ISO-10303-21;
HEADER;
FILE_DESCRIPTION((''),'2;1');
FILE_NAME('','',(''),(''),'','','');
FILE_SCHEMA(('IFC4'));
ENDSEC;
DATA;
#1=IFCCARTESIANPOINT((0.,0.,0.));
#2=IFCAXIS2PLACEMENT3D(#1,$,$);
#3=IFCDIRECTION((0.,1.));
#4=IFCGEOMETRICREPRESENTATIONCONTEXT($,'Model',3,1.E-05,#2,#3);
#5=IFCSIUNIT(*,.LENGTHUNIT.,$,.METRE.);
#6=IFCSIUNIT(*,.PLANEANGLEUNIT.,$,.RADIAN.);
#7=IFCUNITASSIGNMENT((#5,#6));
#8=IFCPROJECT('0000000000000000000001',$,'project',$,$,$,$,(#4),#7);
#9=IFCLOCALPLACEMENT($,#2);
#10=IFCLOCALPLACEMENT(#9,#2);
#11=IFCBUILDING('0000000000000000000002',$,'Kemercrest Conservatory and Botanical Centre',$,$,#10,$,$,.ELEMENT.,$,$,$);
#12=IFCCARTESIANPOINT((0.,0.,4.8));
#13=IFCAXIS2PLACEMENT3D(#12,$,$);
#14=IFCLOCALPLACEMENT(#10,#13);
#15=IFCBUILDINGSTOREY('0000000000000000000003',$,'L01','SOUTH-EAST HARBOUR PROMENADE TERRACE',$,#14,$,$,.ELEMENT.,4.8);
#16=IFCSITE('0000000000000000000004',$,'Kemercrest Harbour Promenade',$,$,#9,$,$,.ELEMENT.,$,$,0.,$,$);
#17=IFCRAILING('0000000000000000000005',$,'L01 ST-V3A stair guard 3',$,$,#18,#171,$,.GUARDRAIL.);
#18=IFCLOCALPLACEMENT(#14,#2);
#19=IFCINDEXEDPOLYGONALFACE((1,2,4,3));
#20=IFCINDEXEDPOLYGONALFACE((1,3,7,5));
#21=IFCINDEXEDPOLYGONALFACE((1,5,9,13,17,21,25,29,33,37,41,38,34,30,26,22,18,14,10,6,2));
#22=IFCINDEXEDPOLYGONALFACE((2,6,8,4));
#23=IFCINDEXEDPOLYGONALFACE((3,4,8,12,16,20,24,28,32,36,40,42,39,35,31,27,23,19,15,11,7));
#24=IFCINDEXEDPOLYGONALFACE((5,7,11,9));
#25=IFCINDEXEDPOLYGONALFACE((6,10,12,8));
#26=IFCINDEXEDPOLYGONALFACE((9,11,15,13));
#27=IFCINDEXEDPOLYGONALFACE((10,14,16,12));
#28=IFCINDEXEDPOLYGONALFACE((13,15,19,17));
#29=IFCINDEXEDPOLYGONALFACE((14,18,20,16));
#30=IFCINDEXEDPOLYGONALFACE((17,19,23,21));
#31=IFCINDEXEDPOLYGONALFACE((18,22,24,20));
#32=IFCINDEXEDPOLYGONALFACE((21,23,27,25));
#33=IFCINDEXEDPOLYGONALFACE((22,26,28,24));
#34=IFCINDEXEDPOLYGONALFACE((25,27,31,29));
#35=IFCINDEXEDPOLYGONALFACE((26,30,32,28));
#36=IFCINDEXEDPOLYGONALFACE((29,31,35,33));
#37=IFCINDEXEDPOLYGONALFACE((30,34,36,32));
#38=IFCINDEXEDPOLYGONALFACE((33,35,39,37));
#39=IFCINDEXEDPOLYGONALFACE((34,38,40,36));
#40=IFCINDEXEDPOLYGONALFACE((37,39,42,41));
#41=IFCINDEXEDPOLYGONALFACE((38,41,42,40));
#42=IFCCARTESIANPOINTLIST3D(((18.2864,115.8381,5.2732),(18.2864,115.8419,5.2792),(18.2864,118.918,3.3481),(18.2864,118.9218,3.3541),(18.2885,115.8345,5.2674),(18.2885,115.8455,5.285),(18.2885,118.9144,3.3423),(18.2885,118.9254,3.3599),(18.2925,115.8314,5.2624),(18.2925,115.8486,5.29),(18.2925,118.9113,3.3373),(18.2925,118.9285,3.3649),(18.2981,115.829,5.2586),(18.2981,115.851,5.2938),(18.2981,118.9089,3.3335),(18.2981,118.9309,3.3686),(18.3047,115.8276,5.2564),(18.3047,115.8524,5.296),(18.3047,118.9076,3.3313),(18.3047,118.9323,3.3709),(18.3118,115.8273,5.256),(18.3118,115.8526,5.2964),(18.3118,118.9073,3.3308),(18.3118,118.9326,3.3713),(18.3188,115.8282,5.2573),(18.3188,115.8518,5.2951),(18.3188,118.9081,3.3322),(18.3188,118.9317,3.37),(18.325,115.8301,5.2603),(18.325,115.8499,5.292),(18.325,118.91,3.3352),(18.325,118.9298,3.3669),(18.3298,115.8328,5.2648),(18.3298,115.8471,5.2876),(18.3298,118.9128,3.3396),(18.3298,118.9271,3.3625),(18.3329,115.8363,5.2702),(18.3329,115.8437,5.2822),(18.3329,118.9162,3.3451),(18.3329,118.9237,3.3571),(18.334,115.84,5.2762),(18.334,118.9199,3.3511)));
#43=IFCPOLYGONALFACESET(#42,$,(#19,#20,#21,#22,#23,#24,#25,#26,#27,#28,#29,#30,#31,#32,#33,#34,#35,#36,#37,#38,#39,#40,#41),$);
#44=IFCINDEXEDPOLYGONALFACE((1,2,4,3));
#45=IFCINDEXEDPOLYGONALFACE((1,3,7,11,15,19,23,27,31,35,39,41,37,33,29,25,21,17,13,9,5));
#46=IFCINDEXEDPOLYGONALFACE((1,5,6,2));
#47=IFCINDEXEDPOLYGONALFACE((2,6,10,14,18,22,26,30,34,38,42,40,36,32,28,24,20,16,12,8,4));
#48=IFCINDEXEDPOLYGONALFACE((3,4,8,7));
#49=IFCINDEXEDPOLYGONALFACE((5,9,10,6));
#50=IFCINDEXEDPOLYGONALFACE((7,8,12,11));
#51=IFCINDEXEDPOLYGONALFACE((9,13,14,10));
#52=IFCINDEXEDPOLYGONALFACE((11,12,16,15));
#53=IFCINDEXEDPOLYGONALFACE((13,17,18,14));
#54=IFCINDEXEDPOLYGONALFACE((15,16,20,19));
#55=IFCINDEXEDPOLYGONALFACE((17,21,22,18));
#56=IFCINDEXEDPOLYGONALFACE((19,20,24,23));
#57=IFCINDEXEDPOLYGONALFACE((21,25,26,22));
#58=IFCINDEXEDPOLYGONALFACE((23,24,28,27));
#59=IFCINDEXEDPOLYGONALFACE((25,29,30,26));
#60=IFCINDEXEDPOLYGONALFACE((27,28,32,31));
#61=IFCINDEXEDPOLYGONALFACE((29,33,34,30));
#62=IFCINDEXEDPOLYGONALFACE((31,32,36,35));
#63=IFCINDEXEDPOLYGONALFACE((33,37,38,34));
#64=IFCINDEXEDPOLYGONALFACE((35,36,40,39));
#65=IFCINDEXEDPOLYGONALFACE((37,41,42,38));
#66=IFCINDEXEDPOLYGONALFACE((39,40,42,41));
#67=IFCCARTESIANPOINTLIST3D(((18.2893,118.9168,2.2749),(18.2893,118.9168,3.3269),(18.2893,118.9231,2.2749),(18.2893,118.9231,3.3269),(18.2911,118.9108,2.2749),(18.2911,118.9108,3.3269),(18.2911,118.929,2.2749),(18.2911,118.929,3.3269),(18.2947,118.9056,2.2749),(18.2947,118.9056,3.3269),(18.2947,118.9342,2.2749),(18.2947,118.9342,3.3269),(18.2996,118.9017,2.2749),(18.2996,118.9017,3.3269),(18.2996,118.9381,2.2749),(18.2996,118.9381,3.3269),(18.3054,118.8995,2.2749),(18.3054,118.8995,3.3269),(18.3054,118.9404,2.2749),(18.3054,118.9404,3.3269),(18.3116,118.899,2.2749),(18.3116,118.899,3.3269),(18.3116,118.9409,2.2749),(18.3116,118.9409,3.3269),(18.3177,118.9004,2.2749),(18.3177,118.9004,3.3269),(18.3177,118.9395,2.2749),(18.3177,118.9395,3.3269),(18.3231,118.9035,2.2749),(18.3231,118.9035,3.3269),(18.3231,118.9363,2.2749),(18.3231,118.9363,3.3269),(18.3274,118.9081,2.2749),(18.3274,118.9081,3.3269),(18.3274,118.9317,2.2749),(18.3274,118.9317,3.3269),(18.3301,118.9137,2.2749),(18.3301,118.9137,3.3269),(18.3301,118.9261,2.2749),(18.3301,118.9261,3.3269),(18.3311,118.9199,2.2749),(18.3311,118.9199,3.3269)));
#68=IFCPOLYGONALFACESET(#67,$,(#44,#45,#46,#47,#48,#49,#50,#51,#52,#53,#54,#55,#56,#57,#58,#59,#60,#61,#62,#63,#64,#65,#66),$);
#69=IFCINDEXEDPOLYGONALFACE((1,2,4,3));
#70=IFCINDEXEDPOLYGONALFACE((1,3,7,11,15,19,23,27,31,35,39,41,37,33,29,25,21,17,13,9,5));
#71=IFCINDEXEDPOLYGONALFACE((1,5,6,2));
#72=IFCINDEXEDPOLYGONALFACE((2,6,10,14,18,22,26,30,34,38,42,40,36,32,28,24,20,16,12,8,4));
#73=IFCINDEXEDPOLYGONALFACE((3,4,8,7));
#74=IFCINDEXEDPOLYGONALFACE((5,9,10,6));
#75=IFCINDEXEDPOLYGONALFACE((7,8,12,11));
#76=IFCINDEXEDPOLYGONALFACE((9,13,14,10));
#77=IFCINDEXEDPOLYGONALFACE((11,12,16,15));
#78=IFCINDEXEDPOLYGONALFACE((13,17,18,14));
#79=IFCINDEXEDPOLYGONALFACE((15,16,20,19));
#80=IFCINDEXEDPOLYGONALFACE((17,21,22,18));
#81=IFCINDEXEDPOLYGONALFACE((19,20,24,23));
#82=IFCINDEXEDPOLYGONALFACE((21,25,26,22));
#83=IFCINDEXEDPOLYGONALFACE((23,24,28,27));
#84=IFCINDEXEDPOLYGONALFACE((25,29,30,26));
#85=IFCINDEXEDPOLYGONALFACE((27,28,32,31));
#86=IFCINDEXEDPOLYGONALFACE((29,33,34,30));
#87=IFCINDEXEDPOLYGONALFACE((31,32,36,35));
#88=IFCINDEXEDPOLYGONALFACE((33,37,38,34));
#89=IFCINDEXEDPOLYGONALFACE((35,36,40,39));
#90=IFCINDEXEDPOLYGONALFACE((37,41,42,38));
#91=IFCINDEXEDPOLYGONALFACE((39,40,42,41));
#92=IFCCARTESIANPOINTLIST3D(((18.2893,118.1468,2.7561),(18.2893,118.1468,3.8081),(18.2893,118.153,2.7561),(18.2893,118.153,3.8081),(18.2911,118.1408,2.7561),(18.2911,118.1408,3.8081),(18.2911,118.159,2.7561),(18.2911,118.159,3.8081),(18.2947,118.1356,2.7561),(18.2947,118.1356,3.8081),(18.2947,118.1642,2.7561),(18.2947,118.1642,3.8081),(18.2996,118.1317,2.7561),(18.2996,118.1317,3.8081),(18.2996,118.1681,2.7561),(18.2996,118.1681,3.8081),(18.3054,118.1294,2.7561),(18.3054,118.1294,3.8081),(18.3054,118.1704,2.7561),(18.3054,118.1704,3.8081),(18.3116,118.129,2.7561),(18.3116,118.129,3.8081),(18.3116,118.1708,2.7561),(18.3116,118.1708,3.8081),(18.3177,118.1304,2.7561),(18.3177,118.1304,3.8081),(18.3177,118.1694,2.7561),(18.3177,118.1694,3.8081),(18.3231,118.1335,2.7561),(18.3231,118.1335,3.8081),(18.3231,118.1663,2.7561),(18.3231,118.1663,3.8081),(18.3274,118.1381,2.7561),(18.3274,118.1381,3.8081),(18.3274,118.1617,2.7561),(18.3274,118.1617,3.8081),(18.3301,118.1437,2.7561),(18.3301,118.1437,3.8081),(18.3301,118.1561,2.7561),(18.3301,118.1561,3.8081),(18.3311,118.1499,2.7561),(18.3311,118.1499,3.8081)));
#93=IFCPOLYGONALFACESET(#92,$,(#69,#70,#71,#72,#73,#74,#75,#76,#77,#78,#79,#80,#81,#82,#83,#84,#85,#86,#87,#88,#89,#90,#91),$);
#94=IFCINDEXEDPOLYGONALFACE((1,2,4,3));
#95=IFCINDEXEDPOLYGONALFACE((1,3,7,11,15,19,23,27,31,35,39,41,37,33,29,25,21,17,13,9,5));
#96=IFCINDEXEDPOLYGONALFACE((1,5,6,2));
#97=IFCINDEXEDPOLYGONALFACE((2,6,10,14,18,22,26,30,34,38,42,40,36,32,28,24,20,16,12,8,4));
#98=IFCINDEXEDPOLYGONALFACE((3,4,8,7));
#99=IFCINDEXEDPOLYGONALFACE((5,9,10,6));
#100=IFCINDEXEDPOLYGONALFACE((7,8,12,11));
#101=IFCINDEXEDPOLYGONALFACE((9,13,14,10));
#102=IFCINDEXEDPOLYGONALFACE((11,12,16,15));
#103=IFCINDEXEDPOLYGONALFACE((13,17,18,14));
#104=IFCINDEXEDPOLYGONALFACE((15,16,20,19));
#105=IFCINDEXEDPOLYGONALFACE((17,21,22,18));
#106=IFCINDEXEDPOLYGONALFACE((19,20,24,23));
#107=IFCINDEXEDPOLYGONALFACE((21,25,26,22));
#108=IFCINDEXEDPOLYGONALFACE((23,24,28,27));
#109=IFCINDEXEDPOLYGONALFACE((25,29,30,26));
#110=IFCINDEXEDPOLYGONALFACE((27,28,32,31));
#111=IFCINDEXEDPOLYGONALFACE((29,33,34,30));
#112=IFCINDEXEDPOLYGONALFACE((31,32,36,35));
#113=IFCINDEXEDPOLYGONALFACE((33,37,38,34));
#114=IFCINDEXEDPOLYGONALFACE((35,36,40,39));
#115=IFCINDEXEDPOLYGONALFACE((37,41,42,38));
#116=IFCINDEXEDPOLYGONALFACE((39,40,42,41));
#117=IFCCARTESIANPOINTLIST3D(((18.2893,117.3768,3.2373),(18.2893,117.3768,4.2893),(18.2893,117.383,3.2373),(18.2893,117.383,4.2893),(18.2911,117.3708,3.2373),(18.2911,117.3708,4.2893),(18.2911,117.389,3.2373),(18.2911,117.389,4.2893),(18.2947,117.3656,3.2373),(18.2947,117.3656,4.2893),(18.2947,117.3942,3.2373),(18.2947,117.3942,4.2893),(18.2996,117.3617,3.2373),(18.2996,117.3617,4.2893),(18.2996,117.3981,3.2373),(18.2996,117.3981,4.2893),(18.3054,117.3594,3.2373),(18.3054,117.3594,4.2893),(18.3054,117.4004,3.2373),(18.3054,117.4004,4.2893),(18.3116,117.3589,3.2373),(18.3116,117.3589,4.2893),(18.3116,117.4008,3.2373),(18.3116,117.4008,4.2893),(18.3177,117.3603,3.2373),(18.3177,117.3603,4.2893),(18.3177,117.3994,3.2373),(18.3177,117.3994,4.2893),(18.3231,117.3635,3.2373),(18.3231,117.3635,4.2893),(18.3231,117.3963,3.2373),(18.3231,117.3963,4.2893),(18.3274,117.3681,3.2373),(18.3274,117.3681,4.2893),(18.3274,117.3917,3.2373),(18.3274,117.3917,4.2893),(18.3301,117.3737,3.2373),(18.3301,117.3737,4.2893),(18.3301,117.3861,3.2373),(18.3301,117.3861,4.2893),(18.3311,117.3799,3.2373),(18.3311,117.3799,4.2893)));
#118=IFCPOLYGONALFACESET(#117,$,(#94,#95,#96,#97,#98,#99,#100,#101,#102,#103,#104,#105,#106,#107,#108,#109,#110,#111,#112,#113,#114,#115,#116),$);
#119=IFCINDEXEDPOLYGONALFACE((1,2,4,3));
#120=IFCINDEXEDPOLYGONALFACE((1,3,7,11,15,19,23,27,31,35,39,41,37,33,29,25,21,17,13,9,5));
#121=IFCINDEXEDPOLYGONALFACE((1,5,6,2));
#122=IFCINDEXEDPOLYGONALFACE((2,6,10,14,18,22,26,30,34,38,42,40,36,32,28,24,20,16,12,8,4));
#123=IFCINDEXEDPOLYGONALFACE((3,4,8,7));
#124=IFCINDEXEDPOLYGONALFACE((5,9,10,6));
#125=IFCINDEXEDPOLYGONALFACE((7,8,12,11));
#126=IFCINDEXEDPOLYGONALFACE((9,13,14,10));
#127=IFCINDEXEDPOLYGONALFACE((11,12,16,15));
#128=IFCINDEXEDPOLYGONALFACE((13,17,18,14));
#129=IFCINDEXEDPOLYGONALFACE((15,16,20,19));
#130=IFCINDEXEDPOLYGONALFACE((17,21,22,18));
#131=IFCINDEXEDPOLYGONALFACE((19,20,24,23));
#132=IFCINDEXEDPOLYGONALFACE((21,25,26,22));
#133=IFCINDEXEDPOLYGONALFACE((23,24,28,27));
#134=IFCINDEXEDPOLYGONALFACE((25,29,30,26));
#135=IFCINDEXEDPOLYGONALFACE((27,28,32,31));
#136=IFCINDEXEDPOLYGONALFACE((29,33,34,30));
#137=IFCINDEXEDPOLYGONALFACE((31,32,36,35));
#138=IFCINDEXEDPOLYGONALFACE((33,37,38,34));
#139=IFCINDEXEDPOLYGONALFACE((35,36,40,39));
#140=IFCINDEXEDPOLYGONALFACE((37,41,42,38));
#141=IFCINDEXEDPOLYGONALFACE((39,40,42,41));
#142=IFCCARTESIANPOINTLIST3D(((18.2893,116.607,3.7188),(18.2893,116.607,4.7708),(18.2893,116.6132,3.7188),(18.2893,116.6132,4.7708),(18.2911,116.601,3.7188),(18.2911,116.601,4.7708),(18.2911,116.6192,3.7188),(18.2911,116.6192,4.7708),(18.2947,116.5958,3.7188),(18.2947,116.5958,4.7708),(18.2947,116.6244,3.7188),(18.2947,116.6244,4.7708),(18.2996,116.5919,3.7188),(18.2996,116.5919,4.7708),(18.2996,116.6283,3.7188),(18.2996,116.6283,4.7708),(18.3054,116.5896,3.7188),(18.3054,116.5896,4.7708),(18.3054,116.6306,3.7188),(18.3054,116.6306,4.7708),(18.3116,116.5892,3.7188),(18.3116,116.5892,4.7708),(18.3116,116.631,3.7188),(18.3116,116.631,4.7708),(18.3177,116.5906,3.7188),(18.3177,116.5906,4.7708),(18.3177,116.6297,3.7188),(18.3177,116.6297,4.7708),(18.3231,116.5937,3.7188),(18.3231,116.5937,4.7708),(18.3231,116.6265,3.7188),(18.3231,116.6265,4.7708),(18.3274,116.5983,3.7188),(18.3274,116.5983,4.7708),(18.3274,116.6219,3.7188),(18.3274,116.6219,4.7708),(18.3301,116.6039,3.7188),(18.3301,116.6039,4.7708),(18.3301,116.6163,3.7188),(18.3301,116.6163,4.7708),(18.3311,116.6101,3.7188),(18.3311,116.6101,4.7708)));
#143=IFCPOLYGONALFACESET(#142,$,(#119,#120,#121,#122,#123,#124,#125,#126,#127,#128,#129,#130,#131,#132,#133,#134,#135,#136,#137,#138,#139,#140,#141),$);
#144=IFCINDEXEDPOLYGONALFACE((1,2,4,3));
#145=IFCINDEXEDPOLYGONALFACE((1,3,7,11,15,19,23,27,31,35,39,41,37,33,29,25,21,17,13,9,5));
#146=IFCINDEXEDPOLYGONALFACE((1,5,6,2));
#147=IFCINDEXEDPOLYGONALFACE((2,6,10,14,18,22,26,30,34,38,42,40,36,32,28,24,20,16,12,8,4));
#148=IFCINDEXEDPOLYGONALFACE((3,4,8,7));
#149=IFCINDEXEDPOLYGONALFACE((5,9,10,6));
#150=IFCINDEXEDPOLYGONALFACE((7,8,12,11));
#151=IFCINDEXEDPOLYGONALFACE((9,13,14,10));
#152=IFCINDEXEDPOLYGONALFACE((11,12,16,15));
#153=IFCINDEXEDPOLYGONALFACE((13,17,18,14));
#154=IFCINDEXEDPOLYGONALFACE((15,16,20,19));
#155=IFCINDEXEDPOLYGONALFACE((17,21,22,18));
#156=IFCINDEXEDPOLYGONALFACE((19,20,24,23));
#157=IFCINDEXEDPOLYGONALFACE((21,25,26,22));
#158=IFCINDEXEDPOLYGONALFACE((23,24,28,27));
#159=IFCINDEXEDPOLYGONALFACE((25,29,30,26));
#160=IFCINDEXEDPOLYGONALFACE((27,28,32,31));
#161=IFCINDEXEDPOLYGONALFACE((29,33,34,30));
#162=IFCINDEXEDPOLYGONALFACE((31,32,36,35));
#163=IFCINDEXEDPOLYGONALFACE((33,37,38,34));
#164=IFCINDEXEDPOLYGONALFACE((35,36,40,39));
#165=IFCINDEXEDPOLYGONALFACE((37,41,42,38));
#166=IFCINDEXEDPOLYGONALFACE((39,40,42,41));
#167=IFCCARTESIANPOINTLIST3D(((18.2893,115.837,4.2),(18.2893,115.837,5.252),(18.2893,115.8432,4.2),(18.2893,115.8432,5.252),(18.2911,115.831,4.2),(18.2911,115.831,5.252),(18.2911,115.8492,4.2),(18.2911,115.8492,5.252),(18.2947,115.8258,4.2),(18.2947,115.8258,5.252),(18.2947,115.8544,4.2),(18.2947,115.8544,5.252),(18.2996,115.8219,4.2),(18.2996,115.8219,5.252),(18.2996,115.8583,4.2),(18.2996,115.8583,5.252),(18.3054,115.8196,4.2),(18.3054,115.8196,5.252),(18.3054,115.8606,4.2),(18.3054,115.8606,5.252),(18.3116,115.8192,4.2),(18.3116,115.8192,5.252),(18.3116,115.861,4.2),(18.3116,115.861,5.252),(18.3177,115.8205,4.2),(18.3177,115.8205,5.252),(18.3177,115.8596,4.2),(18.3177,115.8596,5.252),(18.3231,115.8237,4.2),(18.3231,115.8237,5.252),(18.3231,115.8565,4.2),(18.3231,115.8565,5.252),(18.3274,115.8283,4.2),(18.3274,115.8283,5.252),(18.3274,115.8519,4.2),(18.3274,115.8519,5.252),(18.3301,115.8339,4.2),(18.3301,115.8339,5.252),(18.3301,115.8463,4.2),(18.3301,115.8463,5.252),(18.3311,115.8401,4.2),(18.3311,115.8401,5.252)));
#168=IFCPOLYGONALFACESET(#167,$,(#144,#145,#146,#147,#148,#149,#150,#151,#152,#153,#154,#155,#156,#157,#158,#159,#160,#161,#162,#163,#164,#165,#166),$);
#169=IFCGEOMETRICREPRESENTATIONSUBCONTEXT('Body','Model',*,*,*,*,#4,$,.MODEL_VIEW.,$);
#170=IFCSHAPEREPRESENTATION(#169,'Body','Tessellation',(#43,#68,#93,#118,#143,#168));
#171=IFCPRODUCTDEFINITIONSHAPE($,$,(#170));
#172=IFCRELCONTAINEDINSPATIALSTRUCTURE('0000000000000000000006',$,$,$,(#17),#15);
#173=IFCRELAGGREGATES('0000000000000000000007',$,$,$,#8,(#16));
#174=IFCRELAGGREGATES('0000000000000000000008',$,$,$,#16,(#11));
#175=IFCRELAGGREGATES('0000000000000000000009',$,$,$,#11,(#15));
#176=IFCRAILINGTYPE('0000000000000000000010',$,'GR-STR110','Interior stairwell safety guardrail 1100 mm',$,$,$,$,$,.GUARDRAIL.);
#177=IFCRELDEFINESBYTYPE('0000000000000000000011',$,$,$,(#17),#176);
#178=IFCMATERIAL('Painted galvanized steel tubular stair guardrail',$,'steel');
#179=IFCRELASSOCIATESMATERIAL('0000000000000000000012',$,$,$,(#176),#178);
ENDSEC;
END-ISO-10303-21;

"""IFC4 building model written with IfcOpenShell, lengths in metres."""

from ifc_helpers import new_model, si_unit, direction, frame, origin, origin_2d, place, context, subcontext, project, spatial, circle, extrude, material, type_object, element, save


model = new_model("IFC4")

# Units and contexts
model_context = context("Model", 3, precision=1e-05, world=origin(), true_north=direction((0.0, 1.0)))
body_context = subcontext(model_context, "Body", "Model", "MODEL_VIEW")
ifc_project = project(units=[si_unit("LENGTHUNIT", "METRE"), si_unit("PLANEANGLEUNIT", "RADIAN")], contexts=[model_context])

# Site, building, storey
site_placement = place(None, origin())
site = spatial("IfcSite", under=ifc_project, at=site_placement, Name="Kemercrest Harbour Promenade", CompositionType="ELEMENT", RefElevation=0.0)
building_placement = place(site_placement, origin())
building = spatial("IfcBuilding", under=site, at=building_placement, Name="Kemercrest Conservatory and Botanical Centre", CompositionType="ELEMENT")
storey_placement = place(building_placement, frame((0.0, 0.0, 4.8)))
storey = spatial("IfcBuildingStorey", under=building, at=storey_placement, Name="L01", Description="SOUTH-EAST HARBOUR PROMENADE TERRACE", CompositionType="ELEMENT", Elevation=4.8)

# Railing
ifc_material_1 = material(Name="Painted galvanized steel tubular stair guardrail", Category="steel")
railing_type_1 = type_object("IfcRailingType", Name="GR-STR110", Description="Interior stairwell safety guardrail 1100 mm", PredefinedType="GUARDRAIL", material=ifc_material_1)
railing_1_placement = place(storey_placement, frame((18.3101, 118.9199, 2.2749)))
element("IfcRailing", 1, at=railing_1_placement, inside=storey, type_object=railing_type_1, Name="L01 ST-V3A stair guard 3", PredefinedType="GUARDRAIL", context=body_context, shape_type="SweptSolid", body=[
    extrude(circle(Radius=0.0239, at=origin_2d()), frame((0.0, 0.0, 1.0762), z_axis=(0.0, -0.847979, 0.530029), x_axis=(1.0, 0.0, 0.0)), (0.0, 0.0, 1.0), 3.6321),
    extrude(circle(Radius=0.021, at=origin_2d()), origin(), (0.0, 0.0, 1.0), 1.052),
    extrude(circle(Radius=0.021, at=origin_2d()), frame((0.0, -0.77, 0.4812)), (0.0, 0.0, 1.0), 1.052),
    extrude(circle(Radius=0.021, at=origin_2d()), frame((0.0, -1.54, 0.9624)), (0.0, 0.0, 1.0), 1.052),
    extrude(circle(Radius=0.021, at=origin_2d()), frame((0.0, -2.3098, 1.4438)), (0.0, 0.0, 1.0), 1.052),
    extrude(circle(Radius=0.021, at=origin_2d()), frame((0.0, -3.0798, 1.925)), (0.0, 0.0, 1.0), 1.052),
])

save(model, "model.ifc")
